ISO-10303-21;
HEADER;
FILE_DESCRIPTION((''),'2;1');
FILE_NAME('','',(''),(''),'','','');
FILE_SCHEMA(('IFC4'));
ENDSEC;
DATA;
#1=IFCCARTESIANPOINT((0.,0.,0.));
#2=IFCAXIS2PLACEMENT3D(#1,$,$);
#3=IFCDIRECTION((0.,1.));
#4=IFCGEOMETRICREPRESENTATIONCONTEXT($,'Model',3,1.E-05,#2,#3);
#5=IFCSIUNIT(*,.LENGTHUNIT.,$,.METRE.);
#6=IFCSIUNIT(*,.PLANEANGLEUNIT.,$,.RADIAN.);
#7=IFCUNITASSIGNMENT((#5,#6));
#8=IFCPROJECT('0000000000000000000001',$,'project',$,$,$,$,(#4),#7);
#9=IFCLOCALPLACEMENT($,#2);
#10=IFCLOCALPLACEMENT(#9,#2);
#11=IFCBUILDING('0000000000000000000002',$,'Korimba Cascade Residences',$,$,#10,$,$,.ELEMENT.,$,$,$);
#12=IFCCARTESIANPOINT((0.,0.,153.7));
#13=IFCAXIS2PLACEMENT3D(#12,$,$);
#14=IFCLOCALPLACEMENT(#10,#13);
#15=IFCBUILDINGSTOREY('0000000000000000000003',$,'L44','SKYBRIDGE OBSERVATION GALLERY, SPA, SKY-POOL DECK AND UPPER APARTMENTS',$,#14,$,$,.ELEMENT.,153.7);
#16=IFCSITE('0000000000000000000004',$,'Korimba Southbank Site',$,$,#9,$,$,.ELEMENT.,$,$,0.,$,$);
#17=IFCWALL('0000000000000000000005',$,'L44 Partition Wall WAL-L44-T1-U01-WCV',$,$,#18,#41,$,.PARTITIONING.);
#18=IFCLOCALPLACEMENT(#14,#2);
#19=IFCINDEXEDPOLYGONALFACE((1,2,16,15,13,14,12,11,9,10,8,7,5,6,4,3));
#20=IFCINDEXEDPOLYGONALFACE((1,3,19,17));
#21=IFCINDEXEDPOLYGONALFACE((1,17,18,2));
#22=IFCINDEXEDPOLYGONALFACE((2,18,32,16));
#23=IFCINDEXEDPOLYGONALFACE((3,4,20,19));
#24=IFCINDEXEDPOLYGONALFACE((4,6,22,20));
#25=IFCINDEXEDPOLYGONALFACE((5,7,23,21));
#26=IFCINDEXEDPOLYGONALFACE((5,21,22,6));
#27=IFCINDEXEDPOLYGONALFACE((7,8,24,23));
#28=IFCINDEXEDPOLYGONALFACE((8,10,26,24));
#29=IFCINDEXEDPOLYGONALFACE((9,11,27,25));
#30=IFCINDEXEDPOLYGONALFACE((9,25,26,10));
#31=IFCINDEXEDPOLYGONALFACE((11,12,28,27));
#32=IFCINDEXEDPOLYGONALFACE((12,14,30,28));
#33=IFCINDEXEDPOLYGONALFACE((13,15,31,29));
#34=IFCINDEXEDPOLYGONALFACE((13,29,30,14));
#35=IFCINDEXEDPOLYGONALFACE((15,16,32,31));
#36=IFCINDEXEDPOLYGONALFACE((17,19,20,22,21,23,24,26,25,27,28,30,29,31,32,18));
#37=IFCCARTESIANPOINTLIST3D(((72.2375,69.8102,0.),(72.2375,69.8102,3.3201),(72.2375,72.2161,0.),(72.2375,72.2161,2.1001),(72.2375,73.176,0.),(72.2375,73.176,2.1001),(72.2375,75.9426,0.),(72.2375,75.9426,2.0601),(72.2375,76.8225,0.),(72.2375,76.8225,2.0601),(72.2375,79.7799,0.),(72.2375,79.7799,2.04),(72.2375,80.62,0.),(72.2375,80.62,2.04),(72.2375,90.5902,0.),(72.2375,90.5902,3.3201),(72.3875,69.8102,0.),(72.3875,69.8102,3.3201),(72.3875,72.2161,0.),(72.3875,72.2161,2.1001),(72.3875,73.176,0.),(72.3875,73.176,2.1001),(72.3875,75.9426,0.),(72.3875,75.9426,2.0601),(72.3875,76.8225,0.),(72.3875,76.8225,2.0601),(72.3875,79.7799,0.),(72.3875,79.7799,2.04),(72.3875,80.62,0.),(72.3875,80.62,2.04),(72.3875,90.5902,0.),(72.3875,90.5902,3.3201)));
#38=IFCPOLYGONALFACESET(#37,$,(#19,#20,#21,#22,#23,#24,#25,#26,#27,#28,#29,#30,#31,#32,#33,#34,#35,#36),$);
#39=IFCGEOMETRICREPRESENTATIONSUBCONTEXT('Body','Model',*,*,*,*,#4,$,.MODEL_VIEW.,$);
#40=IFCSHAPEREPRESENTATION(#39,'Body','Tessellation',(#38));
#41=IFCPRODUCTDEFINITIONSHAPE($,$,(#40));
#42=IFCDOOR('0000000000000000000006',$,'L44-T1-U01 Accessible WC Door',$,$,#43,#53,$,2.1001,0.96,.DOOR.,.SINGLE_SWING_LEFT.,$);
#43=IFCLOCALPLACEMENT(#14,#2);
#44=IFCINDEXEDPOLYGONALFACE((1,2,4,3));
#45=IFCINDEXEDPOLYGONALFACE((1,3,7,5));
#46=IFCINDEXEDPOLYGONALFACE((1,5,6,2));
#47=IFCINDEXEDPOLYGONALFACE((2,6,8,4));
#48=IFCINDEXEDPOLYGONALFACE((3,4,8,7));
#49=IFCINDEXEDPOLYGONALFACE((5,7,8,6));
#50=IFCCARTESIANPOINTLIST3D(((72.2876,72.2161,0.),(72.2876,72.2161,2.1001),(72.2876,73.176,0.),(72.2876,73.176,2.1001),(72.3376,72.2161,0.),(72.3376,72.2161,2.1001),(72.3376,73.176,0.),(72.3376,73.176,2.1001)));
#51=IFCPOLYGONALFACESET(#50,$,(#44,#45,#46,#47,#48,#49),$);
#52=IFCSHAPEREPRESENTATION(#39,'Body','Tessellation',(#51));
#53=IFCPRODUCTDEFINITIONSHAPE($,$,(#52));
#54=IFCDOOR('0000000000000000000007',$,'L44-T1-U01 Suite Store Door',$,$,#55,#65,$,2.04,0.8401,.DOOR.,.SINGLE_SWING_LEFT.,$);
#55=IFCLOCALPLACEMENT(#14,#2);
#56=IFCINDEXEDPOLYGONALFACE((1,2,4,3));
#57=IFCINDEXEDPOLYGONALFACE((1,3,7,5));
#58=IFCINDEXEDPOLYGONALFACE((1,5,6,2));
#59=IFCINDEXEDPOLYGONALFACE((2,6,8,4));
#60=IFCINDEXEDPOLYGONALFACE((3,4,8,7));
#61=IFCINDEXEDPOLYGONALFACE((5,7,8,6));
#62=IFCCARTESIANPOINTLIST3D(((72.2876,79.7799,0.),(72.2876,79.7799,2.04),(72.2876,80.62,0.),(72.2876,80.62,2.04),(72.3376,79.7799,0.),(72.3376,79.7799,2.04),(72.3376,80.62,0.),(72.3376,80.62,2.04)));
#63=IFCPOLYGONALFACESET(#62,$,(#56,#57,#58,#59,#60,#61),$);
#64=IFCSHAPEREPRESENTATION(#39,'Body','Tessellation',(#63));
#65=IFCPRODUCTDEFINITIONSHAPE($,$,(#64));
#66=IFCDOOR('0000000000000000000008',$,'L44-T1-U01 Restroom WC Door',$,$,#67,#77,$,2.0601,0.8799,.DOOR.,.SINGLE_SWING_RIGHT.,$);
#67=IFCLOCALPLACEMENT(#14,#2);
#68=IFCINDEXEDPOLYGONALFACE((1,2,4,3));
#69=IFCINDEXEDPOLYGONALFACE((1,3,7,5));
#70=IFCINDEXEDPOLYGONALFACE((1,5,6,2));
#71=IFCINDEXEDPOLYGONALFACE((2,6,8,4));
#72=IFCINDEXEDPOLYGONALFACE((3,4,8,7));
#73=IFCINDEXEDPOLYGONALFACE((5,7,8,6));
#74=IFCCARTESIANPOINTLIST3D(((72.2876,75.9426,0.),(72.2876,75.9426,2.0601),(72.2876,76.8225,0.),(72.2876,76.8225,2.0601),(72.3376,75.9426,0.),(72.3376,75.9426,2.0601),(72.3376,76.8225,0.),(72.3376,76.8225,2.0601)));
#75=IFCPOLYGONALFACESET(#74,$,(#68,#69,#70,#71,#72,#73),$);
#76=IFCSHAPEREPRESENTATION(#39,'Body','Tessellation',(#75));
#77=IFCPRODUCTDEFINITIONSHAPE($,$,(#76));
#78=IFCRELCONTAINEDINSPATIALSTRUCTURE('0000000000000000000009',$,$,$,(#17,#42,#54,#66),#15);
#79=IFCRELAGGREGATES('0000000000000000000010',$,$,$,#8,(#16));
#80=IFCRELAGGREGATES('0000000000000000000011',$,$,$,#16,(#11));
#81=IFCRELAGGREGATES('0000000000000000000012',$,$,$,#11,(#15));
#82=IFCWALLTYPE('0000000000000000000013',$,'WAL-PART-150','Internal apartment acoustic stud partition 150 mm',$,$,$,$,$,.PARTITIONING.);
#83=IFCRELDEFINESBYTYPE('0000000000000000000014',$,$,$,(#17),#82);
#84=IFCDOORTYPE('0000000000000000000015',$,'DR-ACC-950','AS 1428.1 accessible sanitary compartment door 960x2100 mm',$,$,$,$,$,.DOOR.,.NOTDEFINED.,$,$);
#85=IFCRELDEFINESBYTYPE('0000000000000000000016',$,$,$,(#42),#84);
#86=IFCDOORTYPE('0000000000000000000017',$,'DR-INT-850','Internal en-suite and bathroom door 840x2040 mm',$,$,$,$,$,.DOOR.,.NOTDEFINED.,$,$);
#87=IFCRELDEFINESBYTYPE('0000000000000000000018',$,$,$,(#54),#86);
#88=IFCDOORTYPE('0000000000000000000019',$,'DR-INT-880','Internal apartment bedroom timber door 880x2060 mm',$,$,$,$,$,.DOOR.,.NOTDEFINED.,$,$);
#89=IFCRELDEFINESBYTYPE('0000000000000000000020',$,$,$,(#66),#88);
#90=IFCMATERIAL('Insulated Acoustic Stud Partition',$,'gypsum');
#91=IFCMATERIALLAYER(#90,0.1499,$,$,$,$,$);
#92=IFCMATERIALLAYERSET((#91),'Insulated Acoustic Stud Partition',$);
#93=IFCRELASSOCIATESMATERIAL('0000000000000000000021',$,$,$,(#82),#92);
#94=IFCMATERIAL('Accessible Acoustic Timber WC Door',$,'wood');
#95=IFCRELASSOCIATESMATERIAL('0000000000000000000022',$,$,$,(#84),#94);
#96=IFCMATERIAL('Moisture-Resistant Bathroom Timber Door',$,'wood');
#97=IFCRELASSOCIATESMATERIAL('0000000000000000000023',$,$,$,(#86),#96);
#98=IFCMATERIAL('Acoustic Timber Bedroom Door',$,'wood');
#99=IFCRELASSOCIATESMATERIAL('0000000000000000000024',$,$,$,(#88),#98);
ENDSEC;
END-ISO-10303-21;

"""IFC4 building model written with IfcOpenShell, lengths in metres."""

from ifc_helpers import new_model, si_unit, direction, frame, frame_2d, origin, place, context, subcontext, project, spatial, rectangle, extrude, material, layer, layer_set, type_object, element, fill, save


model = new_model("IFC4")

# Units and contexts
model_context = context("Model", 3, precision=1e-05, world=origin(), true_north=direction((0.0, 1.0)))
body_context = subcontext(model_context, "Body", "Model", "MODEL_VIEW")
ifc_project = project(units=[si_unit("LENGTHUNIT", "METRE"), si_unit("PLANEANGLEUNIT", "RADIAN")], contexts=[model_context])

# Site, building, storey
site_placement = place(None, origin())
site = spatial("IfcSite", under=ifc_project, at=site_placement, Name="Korimba Southbank Site", CompositionType="ELEMENT", RefElevation=0.0)
building_placement = place(site_placement, origin())
building = spatial("IfcBuilding", under=site, at=building_placement, Name="Korimba Cascade Residences", CompositionType="ELEMENT")
storey_placement = place(building_placement, frame((0.0, 0.0, 153.7)))
storey = spatial("IfcBuildingStorey", under=building, at=storey_placement, Name="L44", Description="SKYBRIDGE OBSERVATION GALLERY, SPA, SKY-POOL DECK AND UPPER APARTMENTS", CompositionType="ELEMENT", Elevation=153.7)

# Shared definitions
ifc_material_1 = material(Name="Insulated Acoustic Stud Partition", Category="gypsum")
ifc_layer_1 = layer(ifc_material_1, 0.1499)
ifc_layer_set_1 = layer_set([ifc_layer_1], Name="Insulated Acoustic Stud Partition")
wall_type_1 = type_object("IfcWallType", Name="WAL-PART-150", Description="Internal apartment acoustic stud partition 150 mm", PredefinedType="PARTITIONING", material=ifc_layer_set_1)

# Wall, openings, doors
wall_1_placement = place(storey_placement, frame((72.3125, 69.8101, 0.0), z_axis=(0.0, 0.0, 1.0), x_axis=(0.0, 1.0, 0.0)))
wall_1 = element("IfcWall", 1, at=wall_1_placement, inside=storey, type_object=wall_type_1, Name="L44 Partition Wall WAL-L44-T1-U01-WCV", PredefinedType="PARTITIONING", context=body_context, shape_type="SweptSolid", body=[
    extrude(rectangle(XDim=20.78, YDim=0.1499, at=frame_2d((10.3901, 0.0))), origin(), (0.0, 0.0, 1.0), 3.3201),
])
opening_1_placement = place(wall_1_placement, frame((2.406, 0.0, 0.0)))
opening_1 = element("IfcOpeningElement", 2, at=opening_1_placement, cuts=wall_1, PredefinedType="OPENING", context=body_context, shape_type="SweptSolid", body=[
    extrude(rectangle(XDim=0.96, YDim=2.1001, at=frame_2d((0.48, 1.05))), frame((0.0, 0.085, 0.0), z_axis=(0.0, -1.0, 0.0), x_axis=(1.0, 0.0, 0.0)), (0.0, 0.0, 1.0), 0.1699),
])
opening_2_placement = place(wall_1_placement, frame((6.1326, 0.0, 0.0)))
opening_2 = element("IfcOpeningElement", 3, at=opening_2_placement, cuts=wall_1, PredefinedType="OPENING", context=body_context, shape_type="SweptSolid", body=[
    extrude(rectangle(XDim=0.8799, YDim=2.0601, at=frame_2d((0.4399, 1.03))), frame((0.0, 0.085, 0.0), z_axis=(0.0, -1.0, 0.0), x_axis=(1.0, 0.0, 0.0)), (0.0, 0.0, 1.0), 0.1699),
])
opening_3_placement = place(wall_1_placement, frame((9.97, 0.0, 0.0)))
opening_3 = element("IfcOpeningElement", 4, at=opening_3_placement, cuts=wall_1, PredefinedType="OPENING", context=body_context, shape_type="SweptSolid", body=[
    extrude(rectangle(XDim=0.8401, YDim=2.04, at=frame_2d((0.4199, 1.02))), frame((0.0, 0.085, 0.0), z_axis=(0.0, -1.0, 0.0), x_axis=(1.0, 0.0, 0.0)), (0.0, 0.0, 1.0), 0.1699),
])
ifc_material_2 = material(Name="Accessible Acoustic Timber WC Door", Category="wood")
door_type_1 = type_object("IfcDoorType", Name="DR-ACC-950", Description="AS 1428.1 accessible sanitary compartment door 960x2100 mm", OperationType="NOTDEFINED", PredefinedType="DOOR", material=ifc_material_2)
door_1_placement = place(opening_1_placement, origin())
door_1 = element("IfcDoor", 5, at=door_1_placement, inside=storey, type_object=door_type_1, Name="L44-T1-U01 Accessible WC Door", OperationType="SINGLE_SWING_LEFT", OverallHeight=2.1001, OverallWidth=0.96, PredefinedType="DOOR", context=body_context, shape_type="SweptSolid", body=[
    extrude(rectangle(XDim=0.96, YDim=2.1001, at=frame_2d((0.48, 1.05))), frame((0.0, 0.0249, 0.0), z_axis=(0.0, -1.0, 0.0), x_axis=(1.0, 0.0, 0.0)), (0.0, 0.0, 1.0), 0.05),
])
fill(opening_1, door_1)
ifc_material_3 = material(Name="Moisture-Resistant Bathroom Timber Door", Category="wood")
door_type_2 = type_object("IfcDoorType", Name="DR-INT-850", Description="Internal en-suite and bathroom door 840x2040 mm", OperationType="NOTDEFINED", PredefinedType="DOOR", material=ifc_material_3)
door_2_placement = place(opening_3_placement, origin())
door_2 = element("IfcDoor", 6, at=door_2_placement, inside=storey, type_object=door_type_2, Name="L44-T1-U01 Suite Store Door", OperationType="SINGLE_SWING_LEFT", OverallHeight=2.04, OverallWidth=0.8401, PredefinedType="DOOR", context=body_context, shape_type="SweptSolid", body=[
    extrude(rectangle(XDim=0.8401, YDim=2.04, at=frame_2d((0.4199, 1.02))), frame((0.0, 0.0249, 0.0), z_axis=(0.0, -1.0, 0.0), x_axis=(1.0, 0.0, 0.0)), (0.0, 0.0, 1.0), 0.05),
])
fill(opening_3, door_2)
ifc_material_4 = material(Name="Acoustic Timber Bedroom Door", Category="wood")
door_type_3 = type_object("IfcDoorType", Name="DR-INT-880", Description="Internal apartment bedroom timber door 880x2060 mm", OperationType="NOTDEFINED", PredefinedType="DOOR", material=ifc_material_4)
door_3_placement = place(opening_2_placement, origin())
door_3 = element("IfcDoor", 7, at=door_3_placement, inside=storey, type_object=door_type_3, Name="L44-T1-U01 Restroom WC Door", OperationType="SINGLE_SWING_RIGHT", OverallHeight=2.0601, OverallWidth=0.8799, PredefinedType="DOOR", context=body_context, shape_type="SweptSolid", body=[
    extrude(rectangle(XDim=0.8799, YDim=2.0601, at=frame_2d((0.4399, 1.03))), frame((0.0, 0.0249, 0.0), z_axis=(0.0, -1.0, 0.0), x_axis=(1.0, 0.0, 0.0)), (0.0, 0.0, 1.0), 0.05),
])
fill(opening_2, door_3)

save(model, "model.ifc")
